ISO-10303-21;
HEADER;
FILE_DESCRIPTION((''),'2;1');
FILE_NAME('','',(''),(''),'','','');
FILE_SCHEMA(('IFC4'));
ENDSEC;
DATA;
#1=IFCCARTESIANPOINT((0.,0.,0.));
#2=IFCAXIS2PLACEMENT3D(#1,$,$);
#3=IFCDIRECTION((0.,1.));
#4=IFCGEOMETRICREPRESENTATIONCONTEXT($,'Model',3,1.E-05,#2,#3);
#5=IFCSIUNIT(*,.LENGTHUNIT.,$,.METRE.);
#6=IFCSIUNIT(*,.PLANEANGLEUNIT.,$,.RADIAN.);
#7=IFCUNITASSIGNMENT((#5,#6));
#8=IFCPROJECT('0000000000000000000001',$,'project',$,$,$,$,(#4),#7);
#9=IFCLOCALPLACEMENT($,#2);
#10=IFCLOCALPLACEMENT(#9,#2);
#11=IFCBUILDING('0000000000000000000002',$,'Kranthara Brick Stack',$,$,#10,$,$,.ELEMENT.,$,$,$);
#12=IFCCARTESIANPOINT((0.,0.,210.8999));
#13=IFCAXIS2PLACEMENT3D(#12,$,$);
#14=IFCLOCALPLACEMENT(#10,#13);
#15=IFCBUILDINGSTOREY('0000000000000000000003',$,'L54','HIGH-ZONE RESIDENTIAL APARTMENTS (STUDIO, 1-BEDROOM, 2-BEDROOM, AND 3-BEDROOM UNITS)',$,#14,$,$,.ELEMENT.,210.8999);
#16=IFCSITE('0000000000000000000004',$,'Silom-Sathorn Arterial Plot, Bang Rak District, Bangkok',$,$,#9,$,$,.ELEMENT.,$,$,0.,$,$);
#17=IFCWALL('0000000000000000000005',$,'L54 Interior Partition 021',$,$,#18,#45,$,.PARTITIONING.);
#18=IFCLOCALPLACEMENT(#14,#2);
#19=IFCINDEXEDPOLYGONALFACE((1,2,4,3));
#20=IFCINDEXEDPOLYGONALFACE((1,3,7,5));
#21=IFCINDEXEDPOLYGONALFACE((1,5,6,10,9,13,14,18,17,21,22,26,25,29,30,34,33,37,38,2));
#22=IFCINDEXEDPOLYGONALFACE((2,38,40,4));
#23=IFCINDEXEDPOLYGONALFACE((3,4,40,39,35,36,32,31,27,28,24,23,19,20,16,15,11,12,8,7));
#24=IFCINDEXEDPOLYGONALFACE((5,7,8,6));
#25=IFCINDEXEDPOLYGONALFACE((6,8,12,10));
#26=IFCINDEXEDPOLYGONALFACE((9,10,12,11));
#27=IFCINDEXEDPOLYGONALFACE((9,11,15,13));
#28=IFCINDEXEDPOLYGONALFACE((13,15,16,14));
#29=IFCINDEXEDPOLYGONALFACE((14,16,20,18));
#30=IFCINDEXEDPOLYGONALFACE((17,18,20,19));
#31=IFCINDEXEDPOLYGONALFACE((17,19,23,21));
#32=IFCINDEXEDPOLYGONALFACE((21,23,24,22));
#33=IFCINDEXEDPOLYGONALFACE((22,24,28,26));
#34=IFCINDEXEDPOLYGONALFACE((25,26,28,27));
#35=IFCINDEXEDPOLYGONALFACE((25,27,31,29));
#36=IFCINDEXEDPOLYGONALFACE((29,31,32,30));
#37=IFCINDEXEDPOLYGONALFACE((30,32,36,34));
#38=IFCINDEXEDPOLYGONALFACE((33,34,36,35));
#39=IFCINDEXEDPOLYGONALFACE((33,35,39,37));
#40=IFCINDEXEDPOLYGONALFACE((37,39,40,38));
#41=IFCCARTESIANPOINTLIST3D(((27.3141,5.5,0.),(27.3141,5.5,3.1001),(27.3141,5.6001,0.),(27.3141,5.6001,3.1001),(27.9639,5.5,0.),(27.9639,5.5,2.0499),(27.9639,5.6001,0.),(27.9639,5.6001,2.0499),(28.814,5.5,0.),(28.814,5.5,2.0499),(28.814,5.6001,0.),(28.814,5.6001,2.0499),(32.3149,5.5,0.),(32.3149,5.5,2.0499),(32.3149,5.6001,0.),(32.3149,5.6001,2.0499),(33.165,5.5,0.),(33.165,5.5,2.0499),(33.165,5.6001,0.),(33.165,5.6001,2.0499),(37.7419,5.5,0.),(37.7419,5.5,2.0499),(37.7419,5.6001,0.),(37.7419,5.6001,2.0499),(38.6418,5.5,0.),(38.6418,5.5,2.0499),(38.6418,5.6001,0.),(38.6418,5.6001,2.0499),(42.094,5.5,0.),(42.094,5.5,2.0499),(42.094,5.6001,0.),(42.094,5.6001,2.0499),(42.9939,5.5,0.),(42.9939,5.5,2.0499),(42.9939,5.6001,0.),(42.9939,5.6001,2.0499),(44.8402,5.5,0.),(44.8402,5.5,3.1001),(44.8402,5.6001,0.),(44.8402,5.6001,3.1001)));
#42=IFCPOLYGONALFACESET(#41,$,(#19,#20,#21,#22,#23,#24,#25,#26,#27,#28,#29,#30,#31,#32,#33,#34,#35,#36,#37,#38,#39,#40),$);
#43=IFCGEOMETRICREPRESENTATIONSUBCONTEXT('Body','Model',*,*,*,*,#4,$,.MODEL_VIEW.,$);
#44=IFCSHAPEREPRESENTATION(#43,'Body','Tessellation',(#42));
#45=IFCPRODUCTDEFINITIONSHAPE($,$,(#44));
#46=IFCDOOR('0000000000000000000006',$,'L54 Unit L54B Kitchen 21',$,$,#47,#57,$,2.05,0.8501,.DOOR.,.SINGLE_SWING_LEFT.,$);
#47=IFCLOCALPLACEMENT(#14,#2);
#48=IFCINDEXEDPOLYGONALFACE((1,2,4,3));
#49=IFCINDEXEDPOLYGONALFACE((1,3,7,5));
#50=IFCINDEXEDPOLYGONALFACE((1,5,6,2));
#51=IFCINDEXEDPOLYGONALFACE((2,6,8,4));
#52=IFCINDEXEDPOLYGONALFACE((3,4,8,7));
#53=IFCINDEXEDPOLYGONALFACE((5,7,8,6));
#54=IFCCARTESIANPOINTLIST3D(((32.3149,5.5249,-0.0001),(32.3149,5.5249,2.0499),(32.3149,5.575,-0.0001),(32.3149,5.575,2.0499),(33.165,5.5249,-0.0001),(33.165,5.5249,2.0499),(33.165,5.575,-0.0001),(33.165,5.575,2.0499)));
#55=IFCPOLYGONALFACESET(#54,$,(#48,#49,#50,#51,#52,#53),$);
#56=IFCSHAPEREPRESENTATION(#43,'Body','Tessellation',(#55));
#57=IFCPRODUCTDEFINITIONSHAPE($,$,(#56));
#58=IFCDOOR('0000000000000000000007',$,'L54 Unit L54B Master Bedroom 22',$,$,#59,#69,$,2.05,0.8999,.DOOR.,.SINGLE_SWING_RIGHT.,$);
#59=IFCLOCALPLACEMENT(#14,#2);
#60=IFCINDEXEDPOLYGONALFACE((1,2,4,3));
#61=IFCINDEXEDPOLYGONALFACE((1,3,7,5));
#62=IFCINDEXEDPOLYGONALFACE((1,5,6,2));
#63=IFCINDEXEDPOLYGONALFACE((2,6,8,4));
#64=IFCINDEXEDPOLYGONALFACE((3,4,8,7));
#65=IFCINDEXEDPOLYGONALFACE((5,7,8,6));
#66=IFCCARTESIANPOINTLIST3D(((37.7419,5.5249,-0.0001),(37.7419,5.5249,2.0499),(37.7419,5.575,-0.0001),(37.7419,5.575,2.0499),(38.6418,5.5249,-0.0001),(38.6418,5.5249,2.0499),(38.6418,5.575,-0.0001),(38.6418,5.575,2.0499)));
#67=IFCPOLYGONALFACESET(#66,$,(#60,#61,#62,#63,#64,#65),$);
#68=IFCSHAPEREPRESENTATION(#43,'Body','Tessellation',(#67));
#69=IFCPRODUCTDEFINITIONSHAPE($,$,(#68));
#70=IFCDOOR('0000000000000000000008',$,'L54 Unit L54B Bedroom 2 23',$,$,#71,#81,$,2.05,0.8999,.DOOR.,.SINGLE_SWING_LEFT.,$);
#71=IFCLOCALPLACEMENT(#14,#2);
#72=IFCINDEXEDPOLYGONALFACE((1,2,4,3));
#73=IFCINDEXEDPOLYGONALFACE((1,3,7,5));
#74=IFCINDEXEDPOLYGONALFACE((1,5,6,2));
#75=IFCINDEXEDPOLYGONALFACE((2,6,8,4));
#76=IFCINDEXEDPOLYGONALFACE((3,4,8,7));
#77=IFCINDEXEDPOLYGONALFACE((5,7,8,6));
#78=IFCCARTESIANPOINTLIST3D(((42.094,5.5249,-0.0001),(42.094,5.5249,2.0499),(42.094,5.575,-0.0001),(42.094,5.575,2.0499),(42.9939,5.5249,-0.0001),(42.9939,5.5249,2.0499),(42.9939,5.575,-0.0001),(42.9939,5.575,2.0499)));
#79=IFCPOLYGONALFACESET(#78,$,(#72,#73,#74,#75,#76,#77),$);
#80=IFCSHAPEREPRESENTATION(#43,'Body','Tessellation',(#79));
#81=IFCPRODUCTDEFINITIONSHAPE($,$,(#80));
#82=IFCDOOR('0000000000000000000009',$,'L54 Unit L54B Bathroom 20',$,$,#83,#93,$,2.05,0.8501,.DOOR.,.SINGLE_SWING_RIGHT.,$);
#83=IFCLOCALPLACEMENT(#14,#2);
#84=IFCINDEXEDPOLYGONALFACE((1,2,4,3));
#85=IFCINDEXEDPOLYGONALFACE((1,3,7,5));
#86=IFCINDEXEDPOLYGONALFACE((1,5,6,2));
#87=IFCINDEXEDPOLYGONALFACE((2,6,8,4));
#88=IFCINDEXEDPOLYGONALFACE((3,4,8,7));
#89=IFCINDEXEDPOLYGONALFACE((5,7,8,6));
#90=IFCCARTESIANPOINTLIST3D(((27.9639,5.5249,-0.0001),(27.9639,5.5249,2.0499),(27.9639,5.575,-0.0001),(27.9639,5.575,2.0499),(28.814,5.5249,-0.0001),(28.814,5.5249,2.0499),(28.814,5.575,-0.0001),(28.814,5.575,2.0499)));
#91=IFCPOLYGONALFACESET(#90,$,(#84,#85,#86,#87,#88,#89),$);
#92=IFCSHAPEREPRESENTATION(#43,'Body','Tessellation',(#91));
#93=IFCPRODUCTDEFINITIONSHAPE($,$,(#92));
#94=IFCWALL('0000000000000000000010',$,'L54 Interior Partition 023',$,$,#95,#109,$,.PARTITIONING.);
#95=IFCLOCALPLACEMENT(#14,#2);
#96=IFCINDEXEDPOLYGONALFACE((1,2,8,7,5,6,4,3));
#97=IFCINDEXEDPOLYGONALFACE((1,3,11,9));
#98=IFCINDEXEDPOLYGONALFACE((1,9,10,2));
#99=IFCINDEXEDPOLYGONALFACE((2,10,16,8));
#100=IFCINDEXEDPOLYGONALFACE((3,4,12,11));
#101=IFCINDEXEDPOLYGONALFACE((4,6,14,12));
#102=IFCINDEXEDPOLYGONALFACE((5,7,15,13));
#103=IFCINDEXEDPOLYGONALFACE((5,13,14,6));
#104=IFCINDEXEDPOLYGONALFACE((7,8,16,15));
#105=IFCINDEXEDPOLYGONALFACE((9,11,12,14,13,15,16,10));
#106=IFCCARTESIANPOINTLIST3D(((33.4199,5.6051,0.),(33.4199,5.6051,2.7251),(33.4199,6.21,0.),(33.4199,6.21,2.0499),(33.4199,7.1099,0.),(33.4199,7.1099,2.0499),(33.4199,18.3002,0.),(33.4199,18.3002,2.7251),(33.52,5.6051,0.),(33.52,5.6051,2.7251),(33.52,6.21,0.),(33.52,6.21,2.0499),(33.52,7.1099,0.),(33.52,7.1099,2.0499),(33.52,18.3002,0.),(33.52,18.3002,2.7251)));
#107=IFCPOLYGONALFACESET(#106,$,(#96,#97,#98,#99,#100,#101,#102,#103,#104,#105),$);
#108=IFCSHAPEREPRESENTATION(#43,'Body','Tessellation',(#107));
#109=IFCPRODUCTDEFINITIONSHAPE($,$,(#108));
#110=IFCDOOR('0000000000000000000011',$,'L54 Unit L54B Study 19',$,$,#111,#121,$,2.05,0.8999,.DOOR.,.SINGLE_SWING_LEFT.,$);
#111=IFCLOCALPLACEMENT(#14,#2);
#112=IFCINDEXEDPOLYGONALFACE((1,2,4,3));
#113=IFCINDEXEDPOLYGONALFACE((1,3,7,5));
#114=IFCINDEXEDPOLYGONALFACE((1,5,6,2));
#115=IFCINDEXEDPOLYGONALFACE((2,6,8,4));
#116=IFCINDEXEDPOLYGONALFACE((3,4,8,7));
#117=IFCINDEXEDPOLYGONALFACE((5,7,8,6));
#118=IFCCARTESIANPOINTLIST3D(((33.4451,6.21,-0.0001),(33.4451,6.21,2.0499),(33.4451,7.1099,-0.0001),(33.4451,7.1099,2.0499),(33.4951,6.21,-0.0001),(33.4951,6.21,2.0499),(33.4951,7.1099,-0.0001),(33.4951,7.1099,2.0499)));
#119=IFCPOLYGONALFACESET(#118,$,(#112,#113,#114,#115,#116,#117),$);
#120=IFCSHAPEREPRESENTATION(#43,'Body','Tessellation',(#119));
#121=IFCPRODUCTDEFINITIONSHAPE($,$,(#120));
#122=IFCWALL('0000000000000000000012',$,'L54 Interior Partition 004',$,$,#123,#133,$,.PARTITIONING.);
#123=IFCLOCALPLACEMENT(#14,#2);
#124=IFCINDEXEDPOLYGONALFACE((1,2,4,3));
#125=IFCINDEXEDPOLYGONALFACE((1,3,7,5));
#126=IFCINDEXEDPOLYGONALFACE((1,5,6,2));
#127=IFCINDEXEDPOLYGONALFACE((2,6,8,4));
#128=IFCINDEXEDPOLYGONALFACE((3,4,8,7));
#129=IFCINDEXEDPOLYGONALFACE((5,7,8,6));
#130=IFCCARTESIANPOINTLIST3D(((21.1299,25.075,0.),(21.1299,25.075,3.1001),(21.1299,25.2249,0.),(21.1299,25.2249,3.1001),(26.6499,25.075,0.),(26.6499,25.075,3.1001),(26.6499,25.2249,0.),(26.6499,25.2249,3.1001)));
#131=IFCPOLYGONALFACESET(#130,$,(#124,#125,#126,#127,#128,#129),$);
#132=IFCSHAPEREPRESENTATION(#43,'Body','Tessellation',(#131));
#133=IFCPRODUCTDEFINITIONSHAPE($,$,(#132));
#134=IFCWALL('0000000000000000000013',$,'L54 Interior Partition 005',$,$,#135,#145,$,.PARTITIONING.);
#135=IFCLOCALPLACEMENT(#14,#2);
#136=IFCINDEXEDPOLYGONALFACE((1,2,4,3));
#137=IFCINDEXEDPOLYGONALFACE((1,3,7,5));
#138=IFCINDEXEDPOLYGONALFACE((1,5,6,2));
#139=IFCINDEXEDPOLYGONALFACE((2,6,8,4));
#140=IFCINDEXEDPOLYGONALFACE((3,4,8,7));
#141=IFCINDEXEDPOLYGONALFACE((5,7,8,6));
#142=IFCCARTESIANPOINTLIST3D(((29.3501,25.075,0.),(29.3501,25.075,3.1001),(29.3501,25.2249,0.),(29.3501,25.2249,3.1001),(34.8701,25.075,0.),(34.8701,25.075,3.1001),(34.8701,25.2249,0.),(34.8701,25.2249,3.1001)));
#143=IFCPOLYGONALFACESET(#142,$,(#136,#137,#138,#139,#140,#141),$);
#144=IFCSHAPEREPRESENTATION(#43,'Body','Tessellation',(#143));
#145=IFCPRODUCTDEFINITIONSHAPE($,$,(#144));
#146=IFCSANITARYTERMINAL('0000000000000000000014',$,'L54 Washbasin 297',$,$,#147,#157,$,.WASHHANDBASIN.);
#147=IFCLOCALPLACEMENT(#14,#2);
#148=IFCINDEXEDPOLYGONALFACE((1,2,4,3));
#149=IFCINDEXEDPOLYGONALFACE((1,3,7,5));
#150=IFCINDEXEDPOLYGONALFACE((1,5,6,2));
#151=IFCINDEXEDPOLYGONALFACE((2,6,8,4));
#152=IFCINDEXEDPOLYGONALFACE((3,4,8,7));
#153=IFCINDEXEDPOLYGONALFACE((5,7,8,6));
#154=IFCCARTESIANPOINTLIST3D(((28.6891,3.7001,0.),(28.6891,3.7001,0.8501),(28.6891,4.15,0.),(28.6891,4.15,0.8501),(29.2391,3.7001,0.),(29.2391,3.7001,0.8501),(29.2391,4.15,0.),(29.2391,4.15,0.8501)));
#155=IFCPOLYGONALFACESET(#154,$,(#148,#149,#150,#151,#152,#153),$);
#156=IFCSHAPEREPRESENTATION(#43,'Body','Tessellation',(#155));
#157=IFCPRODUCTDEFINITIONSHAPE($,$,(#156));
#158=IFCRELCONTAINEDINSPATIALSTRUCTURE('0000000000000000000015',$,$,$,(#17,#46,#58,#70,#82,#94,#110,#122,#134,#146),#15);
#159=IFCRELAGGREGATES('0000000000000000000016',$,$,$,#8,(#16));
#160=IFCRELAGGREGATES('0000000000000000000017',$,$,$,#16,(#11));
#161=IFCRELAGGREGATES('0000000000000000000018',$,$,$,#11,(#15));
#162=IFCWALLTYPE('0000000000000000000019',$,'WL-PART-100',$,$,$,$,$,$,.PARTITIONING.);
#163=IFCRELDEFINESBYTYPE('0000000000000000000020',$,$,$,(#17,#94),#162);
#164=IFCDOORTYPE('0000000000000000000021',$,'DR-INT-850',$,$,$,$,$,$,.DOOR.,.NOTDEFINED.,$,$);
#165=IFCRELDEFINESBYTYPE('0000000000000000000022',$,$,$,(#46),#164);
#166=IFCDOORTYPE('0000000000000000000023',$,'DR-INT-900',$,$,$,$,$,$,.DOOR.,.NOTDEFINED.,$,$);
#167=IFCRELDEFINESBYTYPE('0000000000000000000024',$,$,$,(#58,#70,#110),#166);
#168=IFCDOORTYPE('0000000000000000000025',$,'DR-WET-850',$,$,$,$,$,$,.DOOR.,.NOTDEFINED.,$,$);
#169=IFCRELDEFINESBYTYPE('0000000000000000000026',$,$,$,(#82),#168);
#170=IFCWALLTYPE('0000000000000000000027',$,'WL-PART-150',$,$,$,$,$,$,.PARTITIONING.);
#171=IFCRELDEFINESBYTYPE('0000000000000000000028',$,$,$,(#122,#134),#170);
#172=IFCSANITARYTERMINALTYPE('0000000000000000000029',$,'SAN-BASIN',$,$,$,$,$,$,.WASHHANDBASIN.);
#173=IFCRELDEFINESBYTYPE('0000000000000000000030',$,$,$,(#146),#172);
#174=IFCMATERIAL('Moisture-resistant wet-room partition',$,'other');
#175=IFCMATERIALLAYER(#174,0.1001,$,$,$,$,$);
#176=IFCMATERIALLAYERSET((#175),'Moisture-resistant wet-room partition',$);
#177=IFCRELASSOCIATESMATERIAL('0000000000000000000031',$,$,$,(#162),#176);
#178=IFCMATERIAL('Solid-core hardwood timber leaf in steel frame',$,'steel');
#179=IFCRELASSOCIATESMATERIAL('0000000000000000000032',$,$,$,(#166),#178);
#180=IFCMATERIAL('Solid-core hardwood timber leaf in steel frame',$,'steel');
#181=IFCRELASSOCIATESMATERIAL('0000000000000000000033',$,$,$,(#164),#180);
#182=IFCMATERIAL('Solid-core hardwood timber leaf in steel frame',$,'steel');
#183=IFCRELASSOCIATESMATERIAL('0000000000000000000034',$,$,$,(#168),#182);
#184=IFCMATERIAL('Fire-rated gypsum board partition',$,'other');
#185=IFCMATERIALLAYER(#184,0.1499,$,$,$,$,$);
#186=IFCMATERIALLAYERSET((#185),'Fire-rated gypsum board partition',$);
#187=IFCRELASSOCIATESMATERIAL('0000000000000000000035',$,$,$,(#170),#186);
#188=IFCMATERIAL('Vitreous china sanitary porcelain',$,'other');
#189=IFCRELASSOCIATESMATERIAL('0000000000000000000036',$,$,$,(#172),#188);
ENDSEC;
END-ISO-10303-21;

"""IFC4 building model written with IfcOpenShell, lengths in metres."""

from ifc_helpers import new_model, si_unit, direction, frame, frame_2d, origin, origin_2d, place, context, subcontext, project, spatial, rectangle, extrude, material, layer, layer_set, type_object, element, fill, save


model = new_model("IFC4")

# Units and contexts
model_context = context("Model", 3, precision=1e-05, world=origin(), true_north=direction((0.0, 1.0)))
body_context = subcontext(model_context, "Body", "Model", "MODEL_VIEW")
ifc_project = project(units=[si_unit("LENGTHUNIT", "METRE"), si_unit("PLANEANGLEUNIT", "RADIAN")], contexts=[model_context])

# Site, building, storey
site_placement = place(None, origin())
site = spatial("IfcSite", under=ifc_project, at=site_placement, Name="Silom-Sathorn Arterial Plot, Bang Rak District, Bangkok", CompositionType="ELEMENT", RefElevation=0.0)
building_placement = place(site_placement, origin())
building = spatial("IfcBuilding", under=site, at=building_placement, Name="Kranthara Brick Stack", CompositionType="ELEMENT")
storey_placement = place(building_placement, frame((0.0, 0.0, 210.8999)))
storey = spatial("IfcBuildingStorey", under=building, at=storey_placement, Name="L54", Description="HIGH-ZONE RESIDENTIAL APARTMENTS (STUDIO, 1-BEDROOM, 2-BEDROOM, AND 3-BEDROOM UNITS)", CompositionType="ELEMENT", Elevation=210.8999)

# Shared definitions
ifc_material_1 = material(Name="Moisture-resistant wet-room partition", Category="other")
ifc_layer_1 = layer(ifc_material_1, 0.1001)
ifc_layer_set_1 = layer_set([ifc_layer_1], Name="Moisture-resistant wet-room partition")
wall_type_1 = type_object("IfcWallType", Name="WL-PART-100", PredefinedType="PARTITIONING", material=ifc_layer_set_1)
ifc_material_2 = material(Name="Solid-core hardwood timber leaf in steel frame", Category="steel")
door_type_1 = type_object("IfcDoorType", Name="DR-INT-900", OperationType="NOTDEFINED", PredefinedType="DOOR", material=ifc_material_2)

# Wall, openings, doors
wall_1_placement = place(storey_placement, frame((27.314, 5.55, 0.0), z_axis=(0.0, 0.0, 1.0), x_axis=(1.0, 0.0, 0.0)))
wall_1 = element("IfcWall", 1, at=wall_1_placement, inside=storey, type_object=wall_type_1, Name="L54 Interior Partition 021", PredefinedType="PARTITIONING", context=body_context, shape_type="SweptSolid", body=[
    extrude(rectangle(XDim=17.5261, YDim=0.1001, at=frame_2d((8.7632, 0.0))), origin(), (0.0, 0.0, 1.0), 3.1001),
])
opening_1_placement = place(wall_1_placement, frame((0.6499, 0.0, 0.0)))
opening_1 = element("IfcOpeningElement", 2, at=opening_1_placement, cuts=wall_1, PredefinedType="OPENING", context=body_context, shape_type="SweptSolid", body=[
    extrude(rectangle(XDim=0.8501, YDim=2.05, at=frame_2d((0.425, 1.0249))), frame((0.0, 0.0601, 0.0), z_axis=(0.0, -1.0, 0.0), x_axis=(1.0, 0.0, 0.0)), (0.0, 0.0, 1.0), 0.1201),
])
opening_2_placement = place(wall_1_placement, frame((5.001, 0.0, 0.0)))
opening_2 = element("IfcOpeningElement", 3, at=opening_2_placement, cuts=wall_1, PredefinedType="OPENING", context=body_context, shape_type="SweptSolid", body=[
    extrude(rectangle(XDim=0.8501, YDim=2.05, at=frame_2d((0.425, 1.0249))), frame((0.0, 0.0601, 0.0), z_axis=(0.0, -1.0, 0.0), x_axis=(1.0, 0.0, 0.0)), (0.0, 0.0, 1.0), 0.1201),
])
opening_3_placement = place(wall_1_placement, frame((10.428, 0.0, 0.0)))
opening_3 = element("IfcOpeningElement", 4, at=opening_3_placement, cuts=wall_1, PredefinedType="OPENING", context=body_context, shape_type="SweptSolid", body=[
    extrude(rectangle(XDim=0.8999, YDim=2.05, at=frame_2d((0.45, 1.0249))), frame((0.0, 0.0601, 0.0), z_axis=(0.0, -1.0, 0.0), x_axis=(1.0, 0.0, 0.0)), (0.0, 0.0, 1.0), 0.1201),
])
opening_4_placement = place(wall_1_placement, frame((14.78, 0.0, 0.0)))
opening_4 = element("IfcOpeningElement", 5, at=opening_4_placement, cuts=wall_1, PredefinedType="OPENING", context=body_context, shape_type="SweptSolid", body=[
    extrude(rectangle(XDim=0.8999, YDim=2.05, at=frame_2d((0.45, 1.0249))), frame((0.0, 0.0601, 0.0), z_axis=(0.0, -1.0, 0.0), x_axis=(1.0, 0.0, 0.0)), (0.0, 0.0, 1.0), 0.1201),
])
ifc_material_3 = material(Name="Solid-core hardwood timber leaf in steel frame", Category="steel")
door_type_2 = type_object("IfcDoorType", Name="DR-INT-850", OperationType="NOTDEFINED", PredefinedType="DOOR", material=ifc_material_3)
door_1_placement = place(opening_2_placement, origin())
door_1 = element("IfcDoor", 6, at=door_1_placement, inside=storey, type_object=door_type_2, Name="L54 Unit L54B Kitchen 21", OperationType="SINGLE_SWING_LEFT", OverallHeight=2.05, OverallWidth=0.8501, PredefinedType="DOOR", context=body_context, shape_type="SweptSolid", body=[
    extrude(rectangle(XDim=0.8501, YDim=2.05, at=frame_2d((0.425, 1.0249))), frame((0.0, 0.0249, 0.0), z_axis=(0.0, -1.0, 0.0), x_axis=(1.0, 0.0, 0.0)), (0.0, 0.0, 1.0), 0.05),
])
fill(opening_2, door_1)
door_2_placement = place(opening_3_placement, origin())
door_2 = element("IfcDoor", 7, at=door_2_placement, inside=storey, type_object=door_type_1, Name="L54 Unit L54B Master Bedroom 22", OperationType="SINGLE_SWING_RIGHT", OverallHeight=2.05, OverallWidth=0.8999, PredefinedType="DOOR", context=body_context, shape_type="SweptSolid", body=[
    extrude(rectangle(XDim=0.8999, YDim=2.05, at=frame_2d((0.45, 1.0249))), frame((0.0, 0.0249, 0.0), z_axis=(0.0, -1.0, 0.0), x_axis=(1.0, 0.0, 0.0)), (0.0, 0.0, 1.0), 0.05),
])
fill(opening_3, door_2)
door_3_placement = place(opening_4_placement, origin())
door_3 = element("IfcDoor", 8, at=door_3_placement, inside=storey, type_object=door_type_1, Name="L54 Unit L54B Bedroom 2 23", OperationType="SINGLE_SWING_LEFT", OverallHeight=2.05, OverallWidth=0.8999, PredefinedType="DOOR", context=body_context, shape_type="SweptSolid", body=[
    extrude(rectangle(XDim=0.8999, YDim=2.05, at=frame_2d((0.45, 1.0249))), frame((0.0, 0.0249, 0.0), z_axis=(0.0, -1.0, 0.0), x_axis=(1.0, 0.0, 0.0)), (0.0, 0.0, 1.0), 0.05),
])
fill(opening_4, door_3)
ifc_material_4 = material(Name="Solid-core hardwood timber leaf in steel frame", Category="steel")
door_type_3 = type_object("IfcDoorType", Name="DR-WET-850", OperationType="NOTDEFINED", PredefinedType="DOOR", material=ifc_material_4)
door_4_placement = place(opening_1_placement, origin())
door_4 = element("IfcDoor", 9, at=door_4_placement, inside=storey, type_object=door_type_3, Name="L54 Unit L54B Bathroom 20", OperationType="SINGLE_SWING_RIGHT", OverallHeight=2.05, OverallWidth=0.8501, PredefinedType="DOOR", context=body_context, shape_type="SweptSolid", body=[
    extrude(rectangle(XDim=0.8501, YDim=2.05, at=frame_2d((0.425, 1.0249))), frame((0.0, 0.0249, 0.0), z_axis=(0.0, -1.0, 0.0), x_axis=(1.0, 0.0, 0.0)), (0.0, 0.0, 1.0), 0.05),
])
fill(opening_1, door_4)

# Wall, opening, door
wall_2_placement = place(storey_placement, frame((33.47, 5.605, 0.0), z_axis=(0.0, 0.0, 1.0), x_axis=(0.0, 1.0, 0.0)))
wall_2 = element("IfcWall", 10, at=wall_2_placement, inside=storey, type_object=wall_type_1, Name="L54 Interior Partition 023", PredefinedType="PARTITIONING", context=body_context, shape_type="SweptSolid", body=[
    extrude(rectangle(XDim=12.6951, YDim=0.1001, at=frame_2d((6.3477, 0.0))), origin(), (0.0, 0.0, 1.0), 2.7251),
])
opening_5_placement = place(wall_2_placement, frame((0.605, 0.0, 0.0)))
opening_5 = element("IfcOpeningElement", 11, at=opening_5_placement, cuts=wall_2, PredefinedType="OPENING", context=body_context, shape_type="SweptSolid", body=[
    extrude(rectangle(XDim=0.8999, YDim=2.05, at=frame_2d((0.45, 1.0249))), frame((0.0, 0.0601, 0.0), z_axis=(0.0, -1.0, 0.0), x_axis=(1.0, 0.0, 0.0)), (0.0, 0.0, 1.0), 0.1201),
])
door_5_placement = place(opening_5_placement, origin())
door_5 = element("IfcDoor", 12, at=door_5_placement, inside=storey, type_object=door_type_1, Name="L54 Unit L54B Study 19", OperationType="SINGLE_SWING_LEFT", OverallHeight=2.05, OverallWidth=0.8999, PredefinedType="DOOR", context=body_context, shape_type="SweptSolid", body=[
    extrude(rectangle(XDim=0.8999, YDim=2.05, at=frame_2d((0.45, 1.0249))), frame((0.0, 0.0249, 0.0), z_axis=(0.0, -1.0, 0.0), x_axis=(1.0, 0.0, 0.0)), (0.0, 0.0, 1.0), 0.05),
])
fill(opening_5, door_5)

# Walls
ifc_material_5 = material(Name="Fire-rated gypsum board partition", Category="other")
ifc_layer_2 = layer(ifc_material_5, 0.1499)
ifc_layer_set_2 = layer_set([ifc_layer_2], Name="Fire-rated gypsum board partition")
wall_type_2 = type_object("IfcWallType", Name="WL-PART-150", PredefinedType="PARTITIONING", material=ifc_layer_set_2)
for number, where, z_axis, x_axis, name in (
    (13, (21.1299, 25.1499, 0.0), (0.0, 0.0, 1.0), (1.0, 0.0, 0.0), "L54 Interior Partition 004"),
    (14, (29.3501, 25.1499, 0.0), (0.0, 0.0, 1.0), (1.0, 0.0, 0.0), "L54 Interior Partition 005"),
):
    element("IfcWall", number, at=place(storey_placement, frame(where, z_axis=z_axis, x_axis=x_axis)), inside=storey, type_object=wall_type_2, Name=name, PredefinedType="PARTITIONING", context=body_context, shape_type="SweptSolid", body=[
        extrude(rectangle(XDim=5.52, YDim=0.1499, at=frame_2d((2.76, 0.0))), origin(), (0.0, 0.0, 1.0), 3.1001),
    ])

# Sanitary terminal
ifc_material_6 = material(Name="Vitreous china sanitary porcelain", Category="other")
sanitary_terminal_type_1 = type_object("IfcSanitaryTerminalType", Name="SAN-BASIN", PredefinedType="WASHHANDBASIN", material=ifc_material_6)
sanitary_terminal_1_placement = place(storey_placement, frame((28.9641, 3.925, 0.0), z_axis=(0.0, 0.0, 1.0), x_axis=(1.0, 0.0, 0.0)))
element("IfcSanitaryTerminal", 15, at=sanitary_terminal_1_placement, inside=storey, type_object=sanitary_terminal_type_1, Name="L54 Washbasin 297", PredefinedType="WASHHANDBASIN", context=body_context, shape_type="SweptSolid", body=[
    extrude(rectangle(XDim=0.55, YDim=0.45, at=origin_2d()), origin(), (0.0, 0.0, 1.0), 0.8501),
])

save(model, "model.ifc")
